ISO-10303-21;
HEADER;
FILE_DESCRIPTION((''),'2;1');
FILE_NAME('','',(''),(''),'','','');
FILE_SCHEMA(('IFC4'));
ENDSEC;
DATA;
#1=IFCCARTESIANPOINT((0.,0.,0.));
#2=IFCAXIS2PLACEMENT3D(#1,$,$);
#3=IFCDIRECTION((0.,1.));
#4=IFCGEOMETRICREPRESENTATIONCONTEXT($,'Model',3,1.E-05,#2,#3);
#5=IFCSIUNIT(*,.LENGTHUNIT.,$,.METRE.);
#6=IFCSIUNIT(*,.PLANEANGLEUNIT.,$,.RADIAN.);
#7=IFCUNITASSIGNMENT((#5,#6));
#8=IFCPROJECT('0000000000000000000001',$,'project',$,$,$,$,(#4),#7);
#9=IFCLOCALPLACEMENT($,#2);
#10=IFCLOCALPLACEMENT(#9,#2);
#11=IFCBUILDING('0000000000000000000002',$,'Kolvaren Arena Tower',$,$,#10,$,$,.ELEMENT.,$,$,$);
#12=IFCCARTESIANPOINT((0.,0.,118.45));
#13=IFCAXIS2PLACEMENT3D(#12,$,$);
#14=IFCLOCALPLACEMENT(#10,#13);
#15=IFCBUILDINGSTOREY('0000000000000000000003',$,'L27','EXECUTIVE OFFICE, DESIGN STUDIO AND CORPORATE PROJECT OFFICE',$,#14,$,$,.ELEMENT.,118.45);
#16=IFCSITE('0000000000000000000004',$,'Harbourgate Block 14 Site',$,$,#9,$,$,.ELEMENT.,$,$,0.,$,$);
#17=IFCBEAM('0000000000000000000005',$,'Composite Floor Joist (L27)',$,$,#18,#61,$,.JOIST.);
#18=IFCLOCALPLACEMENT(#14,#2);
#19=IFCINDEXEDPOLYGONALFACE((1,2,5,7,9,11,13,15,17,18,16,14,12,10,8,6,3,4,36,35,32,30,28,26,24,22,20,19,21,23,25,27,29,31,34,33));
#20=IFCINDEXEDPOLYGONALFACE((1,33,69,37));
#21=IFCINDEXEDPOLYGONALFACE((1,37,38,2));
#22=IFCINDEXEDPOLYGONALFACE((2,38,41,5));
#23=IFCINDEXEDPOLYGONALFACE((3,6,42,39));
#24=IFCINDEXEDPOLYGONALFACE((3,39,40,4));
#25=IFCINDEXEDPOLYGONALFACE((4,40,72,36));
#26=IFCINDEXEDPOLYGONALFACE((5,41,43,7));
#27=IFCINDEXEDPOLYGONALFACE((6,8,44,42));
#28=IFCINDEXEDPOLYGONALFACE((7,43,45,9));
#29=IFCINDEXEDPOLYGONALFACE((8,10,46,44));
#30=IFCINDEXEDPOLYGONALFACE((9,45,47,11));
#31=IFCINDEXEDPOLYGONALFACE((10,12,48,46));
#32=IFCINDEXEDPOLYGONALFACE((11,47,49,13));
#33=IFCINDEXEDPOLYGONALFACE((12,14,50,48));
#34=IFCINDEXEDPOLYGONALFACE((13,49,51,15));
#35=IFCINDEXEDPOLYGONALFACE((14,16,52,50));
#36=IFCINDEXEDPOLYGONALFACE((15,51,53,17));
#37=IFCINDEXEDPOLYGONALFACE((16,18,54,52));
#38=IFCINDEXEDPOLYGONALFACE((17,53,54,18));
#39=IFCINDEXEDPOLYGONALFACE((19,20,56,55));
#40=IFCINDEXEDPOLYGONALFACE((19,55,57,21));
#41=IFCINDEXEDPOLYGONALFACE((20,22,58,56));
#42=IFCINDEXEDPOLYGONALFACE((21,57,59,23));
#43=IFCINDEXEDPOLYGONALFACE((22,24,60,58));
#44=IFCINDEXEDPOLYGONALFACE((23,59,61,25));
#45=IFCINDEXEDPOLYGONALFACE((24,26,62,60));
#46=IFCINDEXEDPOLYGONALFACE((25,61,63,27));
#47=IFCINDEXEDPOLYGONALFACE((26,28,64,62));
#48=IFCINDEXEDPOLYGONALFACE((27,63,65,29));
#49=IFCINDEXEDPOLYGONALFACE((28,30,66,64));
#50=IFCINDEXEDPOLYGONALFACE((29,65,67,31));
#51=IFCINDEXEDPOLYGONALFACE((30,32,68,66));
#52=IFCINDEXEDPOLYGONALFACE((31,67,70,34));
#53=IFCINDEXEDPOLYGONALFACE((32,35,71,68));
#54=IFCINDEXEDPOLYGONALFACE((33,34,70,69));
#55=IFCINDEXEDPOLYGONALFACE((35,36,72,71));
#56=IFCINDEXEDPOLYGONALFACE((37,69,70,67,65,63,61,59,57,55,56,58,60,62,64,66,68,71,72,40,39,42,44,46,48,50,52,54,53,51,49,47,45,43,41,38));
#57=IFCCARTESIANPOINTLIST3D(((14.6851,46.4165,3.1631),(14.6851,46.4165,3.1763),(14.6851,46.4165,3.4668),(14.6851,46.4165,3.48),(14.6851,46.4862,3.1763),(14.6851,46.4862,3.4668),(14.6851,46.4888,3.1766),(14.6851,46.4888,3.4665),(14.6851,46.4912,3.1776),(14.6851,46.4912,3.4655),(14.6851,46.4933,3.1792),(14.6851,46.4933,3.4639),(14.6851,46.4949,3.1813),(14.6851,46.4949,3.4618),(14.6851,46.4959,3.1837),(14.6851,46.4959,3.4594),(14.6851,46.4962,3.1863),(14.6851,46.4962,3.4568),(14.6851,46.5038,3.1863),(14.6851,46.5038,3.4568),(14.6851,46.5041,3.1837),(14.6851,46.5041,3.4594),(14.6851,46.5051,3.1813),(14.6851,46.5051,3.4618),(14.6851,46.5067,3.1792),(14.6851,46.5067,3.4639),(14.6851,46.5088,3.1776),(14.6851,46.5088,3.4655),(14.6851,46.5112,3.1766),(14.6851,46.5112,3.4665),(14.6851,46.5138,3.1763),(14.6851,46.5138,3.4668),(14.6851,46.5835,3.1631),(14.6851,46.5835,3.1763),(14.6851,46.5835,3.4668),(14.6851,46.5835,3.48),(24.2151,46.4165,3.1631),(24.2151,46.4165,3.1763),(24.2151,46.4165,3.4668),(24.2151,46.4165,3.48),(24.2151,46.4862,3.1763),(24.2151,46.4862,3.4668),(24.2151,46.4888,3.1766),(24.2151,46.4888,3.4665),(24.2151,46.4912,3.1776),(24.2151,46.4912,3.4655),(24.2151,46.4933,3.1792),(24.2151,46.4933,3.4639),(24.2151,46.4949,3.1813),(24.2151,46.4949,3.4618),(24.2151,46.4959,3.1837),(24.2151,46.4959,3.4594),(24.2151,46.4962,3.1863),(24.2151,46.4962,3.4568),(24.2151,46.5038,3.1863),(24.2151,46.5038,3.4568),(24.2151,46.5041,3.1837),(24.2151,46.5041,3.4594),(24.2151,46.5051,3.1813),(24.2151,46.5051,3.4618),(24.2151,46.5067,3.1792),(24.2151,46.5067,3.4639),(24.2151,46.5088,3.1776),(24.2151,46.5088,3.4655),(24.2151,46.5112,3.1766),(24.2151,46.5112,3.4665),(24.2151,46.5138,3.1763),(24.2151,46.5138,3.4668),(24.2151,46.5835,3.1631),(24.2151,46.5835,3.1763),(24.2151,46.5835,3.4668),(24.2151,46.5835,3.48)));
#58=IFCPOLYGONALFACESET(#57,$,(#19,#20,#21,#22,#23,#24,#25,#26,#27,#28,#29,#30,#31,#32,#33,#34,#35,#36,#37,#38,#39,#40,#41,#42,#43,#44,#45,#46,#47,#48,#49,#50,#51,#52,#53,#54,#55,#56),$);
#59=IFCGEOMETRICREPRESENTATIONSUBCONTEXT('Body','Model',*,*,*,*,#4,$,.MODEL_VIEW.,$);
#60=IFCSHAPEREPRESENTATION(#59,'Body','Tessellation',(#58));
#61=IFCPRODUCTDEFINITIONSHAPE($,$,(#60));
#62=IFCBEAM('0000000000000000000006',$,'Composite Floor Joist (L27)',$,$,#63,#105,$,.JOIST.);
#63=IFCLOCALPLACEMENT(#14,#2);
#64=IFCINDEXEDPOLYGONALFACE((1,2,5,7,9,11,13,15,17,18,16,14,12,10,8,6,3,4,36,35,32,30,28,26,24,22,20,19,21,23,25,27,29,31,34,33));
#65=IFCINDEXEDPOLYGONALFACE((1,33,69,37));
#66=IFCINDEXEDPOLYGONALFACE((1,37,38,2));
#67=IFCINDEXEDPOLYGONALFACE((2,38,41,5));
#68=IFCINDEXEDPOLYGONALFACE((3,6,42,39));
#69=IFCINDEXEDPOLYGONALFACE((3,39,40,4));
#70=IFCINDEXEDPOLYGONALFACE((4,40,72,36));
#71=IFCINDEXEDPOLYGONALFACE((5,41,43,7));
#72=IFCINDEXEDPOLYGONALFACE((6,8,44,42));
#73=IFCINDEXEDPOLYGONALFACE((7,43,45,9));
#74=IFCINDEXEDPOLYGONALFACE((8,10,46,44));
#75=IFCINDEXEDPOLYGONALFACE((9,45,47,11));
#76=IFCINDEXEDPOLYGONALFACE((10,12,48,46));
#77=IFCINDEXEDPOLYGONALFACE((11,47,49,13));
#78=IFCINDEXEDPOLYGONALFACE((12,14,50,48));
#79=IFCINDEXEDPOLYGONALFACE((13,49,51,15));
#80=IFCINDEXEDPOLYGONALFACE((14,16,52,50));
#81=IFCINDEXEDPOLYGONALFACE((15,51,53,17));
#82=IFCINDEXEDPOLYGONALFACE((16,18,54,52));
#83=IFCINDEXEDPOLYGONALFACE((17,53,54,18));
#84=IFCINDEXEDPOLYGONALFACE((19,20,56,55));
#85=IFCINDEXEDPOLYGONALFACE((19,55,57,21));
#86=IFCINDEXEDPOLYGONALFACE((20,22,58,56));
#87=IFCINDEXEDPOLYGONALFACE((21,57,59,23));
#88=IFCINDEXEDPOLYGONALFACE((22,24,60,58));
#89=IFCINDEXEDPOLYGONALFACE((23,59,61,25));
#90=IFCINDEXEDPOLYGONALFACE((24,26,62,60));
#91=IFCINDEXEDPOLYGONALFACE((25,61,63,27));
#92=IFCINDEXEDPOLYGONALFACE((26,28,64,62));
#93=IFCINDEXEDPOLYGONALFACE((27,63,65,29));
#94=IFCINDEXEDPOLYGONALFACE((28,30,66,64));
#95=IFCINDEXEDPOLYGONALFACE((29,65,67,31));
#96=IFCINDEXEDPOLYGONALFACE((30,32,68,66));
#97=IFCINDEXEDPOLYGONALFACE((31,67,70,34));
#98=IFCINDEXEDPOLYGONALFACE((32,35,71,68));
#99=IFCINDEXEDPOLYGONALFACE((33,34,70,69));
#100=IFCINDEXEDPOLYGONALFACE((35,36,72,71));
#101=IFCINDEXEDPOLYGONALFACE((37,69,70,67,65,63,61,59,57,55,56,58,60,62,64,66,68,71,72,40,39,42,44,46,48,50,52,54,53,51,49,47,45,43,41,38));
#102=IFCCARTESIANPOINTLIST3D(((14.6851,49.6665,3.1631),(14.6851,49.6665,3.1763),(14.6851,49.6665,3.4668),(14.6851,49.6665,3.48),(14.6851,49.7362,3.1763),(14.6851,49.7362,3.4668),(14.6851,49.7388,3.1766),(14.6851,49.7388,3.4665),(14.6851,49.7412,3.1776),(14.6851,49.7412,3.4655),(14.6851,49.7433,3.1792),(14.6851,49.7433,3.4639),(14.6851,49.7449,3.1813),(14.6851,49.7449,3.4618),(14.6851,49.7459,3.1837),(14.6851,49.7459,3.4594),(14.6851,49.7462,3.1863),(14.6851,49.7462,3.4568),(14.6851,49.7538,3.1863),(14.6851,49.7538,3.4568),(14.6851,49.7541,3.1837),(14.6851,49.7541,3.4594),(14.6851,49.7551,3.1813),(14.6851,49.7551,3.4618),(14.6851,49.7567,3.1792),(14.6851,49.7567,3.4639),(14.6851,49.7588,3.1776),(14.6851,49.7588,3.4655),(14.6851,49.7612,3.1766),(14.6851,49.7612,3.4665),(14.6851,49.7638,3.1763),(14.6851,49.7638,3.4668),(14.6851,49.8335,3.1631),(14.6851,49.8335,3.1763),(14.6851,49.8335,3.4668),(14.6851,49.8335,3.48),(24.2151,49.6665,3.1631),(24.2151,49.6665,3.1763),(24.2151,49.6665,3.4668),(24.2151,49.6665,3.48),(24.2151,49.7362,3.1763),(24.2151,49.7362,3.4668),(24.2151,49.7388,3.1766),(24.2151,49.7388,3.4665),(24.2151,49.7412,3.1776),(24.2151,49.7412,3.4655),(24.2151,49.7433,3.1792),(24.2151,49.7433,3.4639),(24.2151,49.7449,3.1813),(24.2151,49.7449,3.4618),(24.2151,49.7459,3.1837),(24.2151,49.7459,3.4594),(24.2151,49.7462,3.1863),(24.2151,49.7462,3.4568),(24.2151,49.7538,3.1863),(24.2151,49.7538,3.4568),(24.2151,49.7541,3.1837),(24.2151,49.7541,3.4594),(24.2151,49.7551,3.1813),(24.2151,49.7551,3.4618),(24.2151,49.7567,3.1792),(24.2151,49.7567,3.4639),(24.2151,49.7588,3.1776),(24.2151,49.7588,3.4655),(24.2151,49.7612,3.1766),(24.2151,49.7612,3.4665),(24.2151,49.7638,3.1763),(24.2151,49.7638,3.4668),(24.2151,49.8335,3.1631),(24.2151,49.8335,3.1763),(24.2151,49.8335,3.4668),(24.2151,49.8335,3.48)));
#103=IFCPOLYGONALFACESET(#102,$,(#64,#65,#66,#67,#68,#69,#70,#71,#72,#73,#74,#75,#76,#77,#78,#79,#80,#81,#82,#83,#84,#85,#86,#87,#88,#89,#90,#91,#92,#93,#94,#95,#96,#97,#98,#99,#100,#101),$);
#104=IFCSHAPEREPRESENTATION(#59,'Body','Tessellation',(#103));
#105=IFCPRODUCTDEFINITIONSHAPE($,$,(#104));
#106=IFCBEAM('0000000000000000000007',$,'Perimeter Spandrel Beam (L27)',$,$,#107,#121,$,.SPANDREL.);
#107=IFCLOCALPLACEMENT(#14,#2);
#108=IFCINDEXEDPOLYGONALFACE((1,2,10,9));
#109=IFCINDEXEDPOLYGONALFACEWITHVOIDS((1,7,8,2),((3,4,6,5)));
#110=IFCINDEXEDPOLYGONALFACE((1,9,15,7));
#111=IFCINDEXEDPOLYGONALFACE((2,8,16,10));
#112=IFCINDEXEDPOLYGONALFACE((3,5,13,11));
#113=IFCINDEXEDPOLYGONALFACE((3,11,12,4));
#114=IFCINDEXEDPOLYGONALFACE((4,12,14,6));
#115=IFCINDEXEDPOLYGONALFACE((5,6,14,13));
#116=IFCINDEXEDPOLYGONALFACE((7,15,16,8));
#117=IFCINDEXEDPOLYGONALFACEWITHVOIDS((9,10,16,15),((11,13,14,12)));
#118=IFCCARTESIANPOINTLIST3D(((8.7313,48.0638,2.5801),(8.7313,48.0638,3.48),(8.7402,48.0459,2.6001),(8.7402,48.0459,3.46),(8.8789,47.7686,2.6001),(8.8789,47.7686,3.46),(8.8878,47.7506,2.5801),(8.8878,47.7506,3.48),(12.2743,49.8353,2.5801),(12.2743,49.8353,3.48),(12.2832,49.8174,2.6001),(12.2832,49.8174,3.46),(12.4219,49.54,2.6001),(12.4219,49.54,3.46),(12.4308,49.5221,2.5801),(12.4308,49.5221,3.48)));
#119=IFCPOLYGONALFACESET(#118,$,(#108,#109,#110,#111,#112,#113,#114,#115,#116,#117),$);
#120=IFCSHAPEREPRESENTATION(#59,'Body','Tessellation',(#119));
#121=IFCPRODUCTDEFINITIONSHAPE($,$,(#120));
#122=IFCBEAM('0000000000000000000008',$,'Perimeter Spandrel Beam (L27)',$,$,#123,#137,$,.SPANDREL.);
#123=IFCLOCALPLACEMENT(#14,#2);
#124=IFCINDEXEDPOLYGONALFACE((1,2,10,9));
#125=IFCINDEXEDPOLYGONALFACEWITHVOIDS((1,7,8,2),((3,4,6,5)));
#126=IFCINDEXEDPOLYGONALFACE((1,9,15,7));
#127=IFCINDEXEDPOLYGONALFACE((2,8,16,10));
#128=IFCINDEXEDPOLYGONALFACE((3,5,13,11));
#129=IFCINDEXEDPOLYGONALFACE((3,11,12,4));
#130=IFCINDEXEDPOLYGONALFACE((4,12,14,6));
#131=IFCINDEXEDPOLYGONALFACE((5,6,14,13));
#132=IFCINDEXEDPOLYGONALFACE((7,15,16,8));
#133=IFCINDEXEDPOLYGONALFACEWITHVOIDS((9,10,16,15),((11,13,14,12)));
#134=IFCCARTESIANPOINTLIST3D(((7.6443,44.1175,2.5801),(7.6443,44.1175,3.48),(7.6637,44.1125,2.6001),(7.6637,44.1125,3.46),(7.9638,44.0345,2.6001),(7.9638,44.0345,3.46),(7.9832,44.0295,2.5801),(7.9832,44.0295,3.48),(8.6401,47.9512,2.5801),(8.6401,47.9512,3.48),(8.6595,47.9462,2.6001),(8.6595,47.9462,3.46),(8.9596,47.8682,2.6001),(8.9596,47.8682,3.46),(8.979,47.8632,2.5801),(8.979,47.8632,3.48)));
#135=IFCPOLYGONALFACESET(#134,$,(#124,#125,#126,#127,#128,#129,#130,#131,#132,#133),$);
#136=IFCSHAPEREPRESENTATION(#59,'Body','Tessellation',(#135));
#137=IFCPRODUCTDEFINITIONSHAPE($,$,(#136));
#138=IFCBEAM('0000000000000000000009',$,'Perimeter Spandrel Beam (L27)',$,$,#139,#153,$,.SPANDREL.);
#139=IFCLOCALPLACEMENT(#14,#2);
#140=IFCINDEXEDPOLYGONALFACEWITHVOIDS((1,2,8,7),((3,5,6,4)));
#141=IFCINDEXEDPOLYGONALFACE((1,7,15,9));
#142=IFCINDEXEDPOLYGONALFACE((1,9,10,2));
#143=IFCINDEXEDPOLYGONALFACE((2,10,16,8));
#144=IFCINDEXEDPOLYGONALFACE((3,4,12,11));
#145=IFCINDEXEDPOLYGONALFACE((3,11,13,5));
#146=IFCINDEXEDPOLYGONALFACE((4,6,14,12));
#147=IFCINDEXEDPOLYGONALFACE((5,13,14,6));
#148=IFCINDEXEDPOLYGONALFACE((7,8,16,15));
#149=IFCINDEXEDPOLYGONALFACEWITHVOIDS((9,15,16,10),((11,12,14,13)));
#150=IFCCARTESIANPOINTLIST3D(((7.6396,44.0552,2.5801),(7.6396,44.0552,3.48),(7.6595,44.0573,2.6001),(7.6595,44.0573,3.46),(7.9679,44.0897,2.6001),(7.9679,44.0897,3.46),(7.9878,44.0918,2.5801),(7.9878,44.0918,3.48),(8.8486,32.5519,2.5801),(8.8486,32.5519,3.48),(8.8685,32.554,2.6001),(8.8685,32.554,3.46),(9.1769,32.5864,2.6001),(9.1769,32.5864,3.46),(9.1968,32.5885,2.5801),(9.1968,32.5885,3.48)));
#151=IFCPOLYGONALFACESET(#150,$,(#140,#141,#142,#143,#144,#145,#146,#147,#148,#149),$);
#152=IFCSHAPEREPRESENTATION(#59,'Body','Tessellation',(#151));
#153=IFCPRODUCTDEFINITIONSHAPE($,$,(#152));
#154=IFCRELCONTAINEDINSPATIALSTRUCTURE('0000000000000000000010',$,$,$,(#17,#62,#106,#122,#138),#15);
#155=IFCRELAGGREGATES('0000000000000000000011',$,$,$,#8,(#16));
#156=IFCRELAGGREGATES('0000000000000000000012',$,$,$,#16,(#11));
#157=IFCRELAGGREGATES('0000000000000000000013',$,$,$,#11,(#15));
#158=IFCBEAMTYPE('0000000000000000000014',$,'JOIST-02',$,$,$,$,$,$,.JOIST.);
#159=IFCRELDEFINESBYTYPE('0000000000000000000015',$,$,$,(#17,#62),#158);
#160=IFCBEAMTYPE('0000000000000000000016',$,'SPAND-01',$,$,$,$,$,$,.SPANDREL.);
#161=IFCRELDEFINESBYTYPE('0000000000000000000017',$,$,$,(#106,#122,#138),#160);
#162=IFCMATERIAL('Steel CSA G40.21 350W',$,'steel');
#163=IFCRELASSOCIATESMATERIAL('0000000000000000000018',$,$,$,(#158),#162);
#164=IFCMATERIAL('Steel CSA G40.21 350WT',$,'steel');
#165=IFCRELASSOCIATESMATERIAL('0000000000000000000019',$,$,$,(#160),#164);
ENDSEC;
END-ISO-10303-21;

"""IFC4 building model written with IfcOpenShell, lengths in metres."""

from ifc_helpers import new_model, si_unit, direction, frame, origin, origin_2d, place, context, subcontext, project, spatial, hollow_rectangle, i_section, extrude, material, material_profile, profile_set, type_object, element, save


model = new_model("IFC4")

# Units and contexts
model_context = context("Model", 3, precision=1e-05, world=origin(), true_north=direction((0.0, 1.0)))
body_context = subcontext(model_context, "Body", "Model", "MODEL_VIEW")
ifc_project = project(units=[si_unit("LENGTHUNIT", "METRE"), si_unit("PLANEANGLEUNIT", "RADIAN")], contexts=[model_context])

# Site, building, storey
site_placement = place(None, origin())
site = spatial("IfcSite", under=ifc_project, at=site_placement, Name="Harbourgate Block 14 Site", CompositionType="ELEMENT", RefElevation=0.0)
building_placement = place(site_placement, origin())
building = spatial("IfcBuilding", under=site, at=building_placement, Name="Kolvaren Arena Tower", CompositionType="ELEMENT")
storey_placement = place(building_placement, frame((0.0, 0.0, 118.45)))
storey = spatial("IfcBuildingStorey", under=building, at=storey_placement, Name="L27", Description="EXECUTIVE OFFICE, DESIGN STUDIO AND CORPORATE PROJECT OFFICE", CompositionType="ELEMENT", Elevation=118.45)

# Beams
ifc_material_1 = material(Name="Steel CSA G40.21 350W", Category="steel")
ifc_material_profile_1 = material_profile(ifc_material_1, i_section(OverallWidth=0.167, OverallDepth=0.3169, WebThickness=0.0076, FlangeThickness=0.0132, FilletRadius=0.01, at=origin_2d()), Name="W310x52")
ifc_profile_set_1 = profile_set([ifc_material_profile_1], Name="Steel CSA G40.21 350W")
beam_type_1 = type_object("IfcBeamType", Name="JOIST-02", PredefinedType="JOIST", material=ifc_profile_set_1)
for number, where, z_axis, x_axis, name in (
    (1, (14.6851, 46.5, 3.3215), (1.0, 0.0, 0.0), (0.0, 1.0, 0.0), "Composite Floor Joist (L27)"),
    (2, (14.6851, 49.75, 3.3215), (1.0, 0.0, 0.0), (0.0, 1.0, 0.0), "Composite Floor Joist (L27)"),
):
    element("IfcBeam", number, at=place(storey_placement, frame(where, z_axis=z_axis, x_axis=x_axis)), inside=storey, type_object=beam_type_1, Name=name, PredefinedType="JOIST", context=body_context, shape_type="SweptSolid", body=[
        extrude(i_section(OverallWidth=0.167, OverallDepth=0.3169, WebThickness=0.0076, FlangeThickness=0.0132, FilletRadius=0.01, at=origin_2d()), origin(), (0.0, 0.0, 1.0), 9.53),
    ])
ifc_material_2 = material(Name="Steel CSA G40.21 350WT", Category="steel")
ifc_material_profile_2 = material_profile(ifc_material_2, hollow_rectangle(XDim=0.3501, YDim=0.8999, WallThickness=0.02, at=origin_2d()), Name="HSS 900x350x20")
ifc_profile_set_2 = profile_set([ifc_material_profile_2], Name="Steel CSA G40.21 350WT")
beam_type_2 = type_object("IfcBeamType", Name="SPAND-01", PredefinedType="SPANDREL", material=ifc_profile_set_2)
beam_1_placement = place(storey_placement, frame((12.3525, 49.6787, 3.03), z_axis=(-0.894427, -0.447214, 0.0), x_axis=(0.447214, -0.894427, 0.0)))
element("IfcBeam", 3, at=beam_1_placement, inside=storey, type_object=beam_type_2, Name="Perimeter Spandrel Beam (L27)", PredefinedType="SPANDREL", context=body_context, shape_type="SweptSolid", body=[
    extrude(hollow_rectangle(XDim=0.3501, YDim=0.8999, WallThickness=0.02, at=origin_2d()), origin(), (0.0, 0.0, 1.0), 3.9612),
])
beam_2_placement = place(storey_placement, frame((8.8096, 47.9072, 3.03), z_axis=(-0.251416, -0.967879, 0.0), x_axis=(0.967879, -0.251416, 0.0)))
element("IfcBeam", 4, at=beam_2_placement, inside=storey, type_object=beam_type_2, Name="Perimeter Spandrel Beam (L27)", PredefinedType="SPANDREL", context=body_context, shape_type="SweptSolid", body=[
    extrude(hollow_rectangle(XDim=0.3501, YDim=0.8999, WallThickness=0.02, at=origin_2d()), origin(), (0.0, 0.0, 1.0), 3.9609),
])
beam_3_placement = place(storey_placement, frame((7.8137, 44.0735, 3.03), z_axis=(0.104524, -0.994522, 0.0), x_axis=(0.994522, 0.104524, 0.0)))
element("IfcBeam", 5, at=beam_3_placement, inside=storey, type_object=beam_type_2, Name="Perimeter Spandrel Beam (L27)", PredefinedType="SPANDREL", context=body_context, shape_type="SweptSolid", body=[
    extrude(hollow_rectangle(XDim=0.3501, YDim=0.8999, WallThickness=0.02, at=origin_2d()), origin(), (0.0, 0.0, 1.0), 11.5667),
])

save(model, "model.ifc")
